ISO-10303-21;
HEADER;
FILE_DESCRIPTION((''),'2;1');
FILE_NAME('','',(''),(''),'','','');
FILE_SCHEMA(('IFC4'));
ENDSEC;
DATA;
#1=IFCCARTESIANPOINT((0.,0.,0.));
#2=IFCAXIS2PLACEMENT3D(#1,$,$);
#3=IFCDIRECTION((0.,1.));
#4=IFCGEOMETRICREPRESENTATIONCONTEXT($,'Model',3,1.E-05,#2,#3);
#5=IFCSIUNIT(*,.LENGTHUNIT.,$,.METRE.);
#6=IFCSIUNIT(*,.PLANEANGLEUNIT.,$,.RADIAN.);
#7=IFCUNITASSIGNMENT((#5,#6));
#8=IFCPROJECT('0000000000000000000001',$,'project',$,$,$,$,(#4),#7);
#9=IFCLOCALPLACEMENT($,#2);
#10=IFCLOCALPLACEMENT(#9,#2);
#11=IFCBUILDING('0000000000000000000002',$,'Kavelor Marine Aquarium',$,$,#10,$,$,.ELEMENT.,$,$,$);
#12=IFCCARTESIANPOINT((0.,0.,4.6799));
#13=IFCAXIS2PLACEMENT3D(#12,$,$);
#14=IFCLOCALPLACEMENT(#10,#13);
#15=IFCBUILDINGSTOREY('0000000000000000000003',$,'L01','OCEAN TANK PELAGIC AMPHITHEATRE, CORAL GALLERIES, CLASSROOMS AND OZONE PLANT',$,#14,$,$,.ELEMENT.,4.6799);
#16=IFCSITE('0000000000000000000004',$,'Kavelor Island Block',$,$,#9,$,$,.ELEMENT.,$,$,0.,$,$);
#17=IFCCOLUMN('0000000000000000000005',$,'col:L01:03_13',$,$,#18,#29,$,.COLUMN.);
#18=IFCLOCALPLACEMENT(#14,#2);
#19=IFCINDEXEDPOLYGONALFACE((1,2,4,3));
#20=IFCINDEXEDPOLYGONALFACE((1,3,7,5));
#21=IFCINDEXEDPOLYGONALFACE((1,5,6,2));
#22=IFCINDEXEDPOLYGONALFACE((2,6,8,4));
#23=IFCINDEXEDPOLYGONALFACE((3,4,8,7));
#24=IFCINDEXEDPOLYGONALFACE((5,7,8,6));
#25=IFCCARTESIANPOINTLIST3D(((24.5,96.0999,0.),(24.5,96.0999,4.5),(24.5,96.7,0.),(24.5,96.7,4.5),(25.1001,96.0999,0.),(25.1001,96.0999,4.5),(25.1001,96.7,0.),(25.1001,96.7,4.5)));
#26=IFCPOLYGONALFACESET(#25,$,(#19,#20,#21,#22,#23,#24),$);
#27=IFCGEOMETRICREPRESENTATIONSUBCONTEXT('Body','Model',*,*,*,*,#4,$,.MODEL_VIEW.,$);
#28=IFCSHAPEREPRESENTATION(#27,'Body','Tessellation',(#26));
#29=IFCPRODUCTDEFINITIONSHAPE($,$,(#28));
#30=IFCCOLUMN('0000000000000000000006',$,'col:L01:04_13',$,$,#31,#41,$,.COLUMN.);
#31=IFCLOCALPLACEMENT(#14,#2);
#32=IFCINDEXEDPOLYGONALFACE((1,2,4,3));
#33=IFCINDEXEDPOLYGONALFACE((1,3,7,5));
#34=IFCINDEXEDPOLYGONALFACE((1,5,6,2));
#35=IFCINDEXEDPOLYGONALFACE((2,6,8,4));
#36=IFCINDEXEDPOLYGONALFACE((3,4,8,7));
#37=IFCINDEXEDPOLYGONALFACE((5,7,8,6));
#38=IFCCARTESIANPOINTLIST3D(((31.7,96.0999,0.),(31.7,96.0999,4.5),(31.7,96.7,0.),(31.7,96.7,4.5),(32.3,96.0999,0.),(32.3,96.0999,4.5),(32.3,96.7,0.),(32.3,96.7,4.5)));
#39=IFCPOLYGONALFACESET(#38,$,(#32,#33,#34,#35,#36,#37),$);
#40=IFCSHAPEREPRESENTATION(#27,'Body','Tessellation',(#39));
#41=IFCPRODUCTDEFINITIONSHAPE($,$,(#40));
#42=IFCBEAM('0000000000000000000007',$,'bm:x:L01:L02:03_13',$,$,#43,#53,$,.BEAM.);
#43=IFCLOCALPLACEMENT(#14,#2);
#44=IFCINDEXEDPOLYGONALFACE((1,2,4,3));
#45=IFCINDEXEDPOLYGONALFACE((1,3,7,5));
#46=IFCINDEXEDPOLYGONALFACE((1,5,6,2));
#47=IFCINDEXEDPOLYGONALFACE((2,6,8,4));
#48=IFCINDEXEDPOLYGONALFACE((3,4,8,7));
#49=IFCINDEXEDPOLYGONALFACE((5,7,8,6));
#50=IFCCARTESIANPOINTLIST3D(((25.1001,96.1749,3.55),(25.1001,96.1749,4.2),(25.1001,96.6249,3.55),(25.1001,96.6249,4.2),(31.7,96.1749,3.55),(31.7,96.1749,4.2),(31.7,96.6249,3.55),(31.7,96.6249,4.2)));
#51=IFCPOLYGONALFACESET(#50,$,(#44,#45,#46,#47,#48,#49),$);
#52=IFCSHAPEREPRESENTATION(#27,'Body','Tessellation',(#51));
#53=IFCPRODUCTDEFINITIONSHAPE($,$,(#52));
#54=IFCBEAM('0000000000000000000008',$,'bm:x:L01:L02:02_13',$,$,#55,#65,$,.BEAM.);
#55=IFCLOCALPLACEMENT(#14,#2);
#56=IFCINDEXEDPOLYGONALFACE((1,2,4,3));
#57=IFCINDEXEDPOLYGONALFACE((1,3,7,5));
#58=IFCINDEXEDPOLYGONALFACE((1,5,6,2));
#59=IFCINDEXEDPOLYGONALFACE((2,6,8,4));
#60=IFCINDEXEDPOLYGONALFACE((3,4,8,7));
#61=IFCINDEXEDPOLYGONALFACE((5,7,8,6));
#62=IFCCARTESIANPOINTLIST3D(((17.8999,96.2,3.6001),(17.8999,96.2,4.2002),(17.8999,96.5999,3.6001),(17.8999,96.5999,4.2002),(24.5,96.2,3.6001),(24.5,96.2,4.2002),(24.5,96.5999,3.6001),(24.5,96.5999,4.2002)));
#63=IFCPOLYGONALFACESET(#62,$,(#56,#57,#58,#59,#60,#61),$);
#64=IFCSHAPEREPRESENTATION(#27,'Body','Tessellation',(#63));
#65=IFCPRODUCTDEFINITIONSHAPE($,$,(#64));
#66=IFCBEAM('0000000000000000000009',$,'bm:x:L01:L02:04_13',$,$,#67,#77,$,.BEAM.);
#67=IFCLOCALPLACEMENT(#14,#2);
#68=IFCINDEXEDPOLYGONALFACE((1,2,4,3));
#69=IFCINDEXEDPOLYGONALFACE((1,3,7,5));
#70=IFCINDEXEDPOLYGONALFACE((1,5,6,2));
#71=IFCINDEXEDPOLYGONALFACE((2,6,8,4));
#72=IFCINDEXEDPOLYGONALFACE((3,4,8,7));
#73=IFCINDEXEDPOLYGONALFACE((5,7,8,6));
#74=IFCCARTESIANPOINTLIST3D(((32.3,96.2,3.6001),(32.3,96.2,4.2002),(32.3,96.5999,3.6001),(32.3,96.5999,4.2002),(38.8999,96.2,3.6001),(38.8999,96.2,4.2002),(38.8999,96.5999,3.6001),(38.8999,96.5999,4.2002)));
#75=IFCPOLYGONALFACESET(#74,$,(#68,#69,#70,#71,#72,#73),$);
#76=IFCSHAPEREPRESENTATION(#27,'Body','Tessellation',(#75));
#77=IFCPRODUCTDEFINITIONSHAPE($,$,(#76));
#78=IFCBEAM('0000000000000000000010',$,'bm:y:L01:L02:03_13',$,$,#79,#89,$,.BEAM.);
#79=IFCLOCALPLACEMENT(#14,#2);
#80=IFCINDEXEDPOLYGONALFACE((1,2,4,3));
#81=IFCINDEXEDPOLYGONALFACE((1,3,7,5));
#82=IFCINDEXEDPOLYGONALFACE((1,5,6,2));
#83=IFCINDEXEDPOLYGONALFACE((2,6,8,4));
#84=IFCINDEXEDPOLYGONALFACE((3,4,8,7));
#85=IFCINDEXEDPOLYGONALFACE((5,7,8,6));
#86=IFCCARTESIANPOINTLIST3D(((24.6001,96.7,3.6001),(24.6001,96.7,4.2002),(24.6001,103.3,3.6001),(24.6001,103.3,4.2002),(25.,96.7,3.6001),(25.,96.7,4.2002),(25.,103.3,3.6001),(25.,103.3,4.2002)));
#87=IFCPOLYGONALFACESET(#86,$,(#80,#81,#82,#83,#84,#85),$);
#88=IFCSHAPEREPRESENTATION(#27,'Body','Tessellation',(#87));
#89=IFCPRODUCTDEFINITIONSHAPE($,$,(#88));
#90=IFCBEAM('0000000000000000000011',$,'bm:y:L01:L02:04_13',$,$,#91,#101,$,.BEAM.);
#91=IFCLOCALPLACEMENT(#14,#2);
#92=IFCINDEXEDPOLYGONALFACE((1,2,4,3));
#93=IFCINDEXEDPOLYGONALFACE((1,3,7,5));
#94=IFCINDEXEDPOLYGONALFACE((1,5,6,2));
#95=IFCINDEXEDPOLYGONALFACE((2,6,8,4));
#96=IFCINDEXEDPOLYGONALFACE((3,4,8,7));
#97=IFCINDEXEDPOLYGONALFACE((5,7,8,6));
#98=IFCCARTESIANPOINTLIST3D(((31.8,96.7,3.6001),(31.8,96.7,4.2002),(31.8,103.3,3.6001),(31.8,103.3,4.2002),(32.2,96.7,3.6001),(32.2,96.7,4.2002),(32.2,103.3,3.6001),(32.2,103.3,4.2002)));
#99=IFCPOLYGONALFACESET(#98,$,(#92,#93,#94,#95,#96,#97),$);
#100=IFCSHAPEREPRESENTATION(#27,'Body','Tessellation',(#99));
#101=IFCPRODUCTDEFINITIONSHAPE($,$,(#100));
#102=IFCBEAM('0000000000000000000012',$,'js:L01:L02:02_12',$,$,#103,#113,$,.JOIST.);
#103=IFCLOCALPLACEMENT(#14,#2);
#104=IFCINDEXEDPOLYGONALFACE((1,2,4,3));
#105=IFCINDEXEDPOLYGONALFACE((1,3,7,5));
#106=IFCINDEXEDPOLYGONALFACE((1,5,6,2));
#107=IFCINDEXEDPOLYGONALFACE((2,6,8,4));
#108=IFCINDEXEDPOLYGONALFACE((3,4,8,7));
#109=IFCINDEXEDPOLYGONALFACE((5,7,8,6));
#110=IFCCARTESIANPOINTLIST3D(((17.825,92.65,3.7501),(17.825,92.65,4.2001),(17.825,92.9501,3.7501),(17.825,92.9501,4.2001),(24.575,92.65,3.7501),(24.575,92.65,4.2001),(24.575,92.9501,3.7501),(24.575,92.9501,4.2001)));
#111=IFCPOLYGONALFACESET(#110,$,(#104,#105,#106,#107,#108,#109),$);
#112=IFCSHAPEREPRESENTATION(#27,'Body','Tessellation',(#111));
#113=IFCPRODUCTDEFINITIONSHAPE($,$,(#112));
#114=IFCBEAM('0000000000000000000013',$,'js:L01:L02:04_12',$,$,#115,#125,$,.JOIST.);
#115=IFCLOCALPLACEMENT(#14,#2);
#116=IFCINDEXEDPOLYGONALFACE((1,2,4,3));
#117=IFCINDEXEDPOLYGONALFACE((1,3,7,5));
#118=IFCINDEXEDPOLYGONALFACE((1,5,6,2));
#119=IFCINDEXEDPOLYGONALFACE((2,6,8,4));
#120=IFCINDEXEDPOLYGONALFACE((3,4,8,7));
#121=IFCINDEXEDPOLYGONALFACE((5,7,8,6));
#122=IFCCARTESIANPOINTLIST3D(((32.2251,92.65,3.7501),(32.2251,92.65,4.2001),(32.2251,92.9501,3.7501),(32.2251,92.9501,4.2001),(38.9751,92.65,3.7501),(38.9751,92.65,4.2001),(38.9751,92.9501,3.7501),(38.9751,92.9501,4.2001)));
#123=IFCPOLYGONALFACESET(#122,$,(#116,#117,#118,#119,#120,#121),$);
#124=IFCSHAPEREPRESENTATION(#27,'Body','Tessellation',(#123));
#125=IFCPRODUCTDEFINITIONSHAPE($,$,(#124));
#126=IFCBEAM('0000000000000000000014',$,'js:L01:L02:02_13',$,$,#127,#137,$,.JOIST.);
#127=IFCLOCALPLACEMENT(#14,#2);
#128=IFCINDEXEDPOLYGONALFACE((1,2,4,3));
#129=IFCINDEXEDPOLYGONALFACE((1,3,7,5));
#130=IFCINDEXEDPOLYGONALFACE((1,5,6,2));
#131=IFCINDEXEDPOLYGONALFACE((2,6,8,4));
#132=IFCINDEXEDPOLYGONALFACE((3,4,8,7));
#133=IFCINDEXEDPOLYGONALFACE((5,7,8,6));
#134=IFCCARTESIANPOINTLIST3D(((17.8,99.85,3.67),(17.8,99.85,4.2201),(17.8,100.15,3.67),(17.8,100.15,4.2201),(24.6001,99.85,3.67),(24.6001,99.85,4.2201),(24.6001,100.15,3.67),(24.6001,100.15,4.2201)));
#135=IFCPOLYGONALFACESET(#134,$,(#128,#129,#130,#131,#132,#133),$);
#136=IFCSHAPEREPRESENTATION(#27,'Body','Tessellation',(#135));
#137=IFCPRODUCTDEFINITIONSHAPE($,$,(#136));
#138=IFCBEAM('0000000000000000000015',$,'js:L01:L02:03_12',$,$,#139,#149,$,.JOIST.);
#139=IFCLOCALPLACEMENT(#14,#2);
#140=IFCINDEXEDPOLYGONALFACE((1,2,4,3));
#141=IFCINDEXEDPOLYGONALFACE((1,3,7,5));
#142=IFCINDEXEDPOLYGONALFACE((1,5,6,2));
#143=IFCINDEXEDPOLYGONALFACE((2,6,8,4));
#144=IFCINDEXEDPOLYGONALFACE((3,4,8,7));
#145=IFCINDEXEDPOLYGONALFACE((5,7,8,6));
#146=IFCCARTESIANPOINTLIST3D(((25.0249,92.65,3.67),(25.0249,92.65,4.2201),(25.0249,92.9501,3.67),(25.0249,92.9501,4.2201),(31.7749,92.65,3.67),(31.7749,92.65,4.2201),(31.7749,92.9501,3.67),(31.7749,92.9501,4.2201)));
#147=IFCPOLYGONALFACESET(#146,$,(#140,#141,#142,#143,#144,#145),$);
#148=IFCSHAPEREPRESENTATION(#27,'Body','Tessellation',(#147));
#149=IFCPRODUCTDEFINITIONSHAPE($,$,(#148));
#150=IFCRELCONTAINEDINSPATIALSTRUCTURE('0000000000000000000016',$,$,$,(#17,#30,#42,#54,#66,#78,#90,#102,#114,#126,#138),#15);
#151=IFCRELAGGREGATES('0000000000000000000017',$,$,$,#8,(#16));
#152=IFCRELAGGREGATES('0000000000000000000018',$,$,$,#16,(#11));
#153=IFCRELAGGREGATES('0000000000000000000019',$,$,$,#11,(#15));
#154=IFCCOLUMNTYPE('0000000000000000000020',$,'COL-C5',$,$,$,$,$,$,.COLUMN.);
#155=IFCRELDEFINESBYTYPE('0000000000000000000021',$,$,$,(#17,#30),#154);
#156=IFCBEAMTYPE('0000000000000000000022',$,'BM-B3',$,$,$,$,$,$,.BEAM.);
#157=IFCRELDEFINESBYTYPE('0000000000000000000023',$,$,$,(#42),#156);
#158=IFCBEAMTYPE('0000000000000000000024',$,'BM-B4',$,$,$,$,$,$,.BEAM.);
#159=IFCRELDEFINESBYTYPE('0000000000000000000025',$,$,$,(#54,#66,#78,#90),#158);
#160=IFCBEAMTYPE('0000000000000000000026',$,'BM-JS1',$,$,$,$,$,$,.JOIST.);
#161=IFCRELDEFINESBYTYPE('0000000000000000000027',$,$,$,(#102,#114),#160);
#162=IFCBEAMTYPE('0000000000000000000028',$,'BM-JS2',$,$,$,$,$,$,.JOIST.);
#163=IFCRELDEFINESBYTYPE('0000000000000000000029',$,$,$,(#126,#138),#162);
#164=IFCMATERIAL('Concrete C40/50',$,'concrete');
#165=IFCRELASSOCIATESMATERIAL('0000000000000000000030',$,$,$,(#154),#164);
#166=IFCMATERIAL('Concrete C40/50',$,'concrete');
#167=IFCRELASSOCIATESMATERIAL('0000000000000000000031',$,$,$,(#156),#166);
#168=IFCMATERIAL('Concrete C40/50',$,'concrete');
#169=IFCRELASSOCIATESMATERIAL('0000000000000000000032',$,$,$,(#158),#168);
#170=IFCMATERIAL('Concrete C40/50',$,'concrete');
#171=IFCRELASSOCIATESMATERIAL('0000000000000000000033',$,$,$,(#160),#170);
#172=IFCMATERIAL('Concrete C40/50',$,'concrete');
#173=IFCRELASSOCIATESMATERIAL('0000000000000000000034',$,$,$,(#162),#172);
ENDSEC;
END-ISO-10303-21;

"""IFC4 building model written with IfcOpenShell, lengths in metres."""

from ifc_helpers import new_model, si_unit, direction, frame, origin, origin_2d, place, context, subcontext, project, spatial, rectangle, extrude, material, material_profile, profile_set, type_object, element, save


model = new_model("IFC4")

# Units and contexts
model_context = context("Model", 3, precision=1e-05, world=origin(), true_north=direction((0.0, 1.0)))
body_context = subcontext(model_context, "Body", "Model", "MODEL_VIEW")
ifc_project = project(units=[si_unit("LENGTHUNIT", "METRE"), si_unit("PLANEANGLEUNIT", "RADIAN")], contexts=[model_context])

# Site, building, storey
site_placement = place(None, origin())
site = spatial("IfcSite", under=ifc_project, at=site_placement, Name="Kavelor Island Block", CompositionType="ELEMENT", RefElevation=0.0)
building_placement = place(site_placement, origin())
building = spatial("IfcBuilding", under=site, at=building_placement, Name="Kavelor Marine Aquarium", CompositionType="ELEMENT")
storey_placement = place(building_placement, frame((0.0, 0.0, 4.6799)))
storey = spatial("IfcBuildingStorey", under=building, at=storey_placement, Name="L01", Description="OCEAN TANK PELAGIC AMPHITHEATRE, CORAL GALLERIES, CLASSROOMS AND OZONE PLANT", CompositionType="ELEMENT", Elevation=4.6799)

# Columns
ifc_material_1 = material(Name="Concrete C40/50", Category="concrete")
ifc_material_profile_1 = material_profile(ifc_material_1, rectangle(XDim=0.6001, YDim=0.6001, at=origin_2d()), Name="RC-COL 600x600")
ifc_profile_set_1 = profile_set([ifc_material_profile_1], Name="Concrete C40/50")
column_type = type_object("IfcColumnType", Name="COL-C5", PredefinedType="COLUMN", material=ifc_profile_set_1)
for number, where, z_axis, x_axis, name in (
    (1, (24.8, 96.3999, 0.0), (0.0, 0.0, 1.0), (1.0, 0.0, 0.0), "col:L01:03_13"),
    (2, (32.0, 96.3999, 0.0), (0.0, 0.0, 1.0), (1.0, 0.0, 0.0), "col:L01:04_13"),
):
    element("IfcColumn", number, at=place(storey_placement, frame(where, z_axis=z_axis, x_axis=x_axis)), inside=storey, type_object=column_type, Name=name, PredefinedType="COLUMN", context=body_context, shape_type="SweptSolid", body=[
        extrude(rectangle(XDim=0.6001, YDim=0.6001, at=origin_2d()), origin(), (0.0, 0.0, 1.0), 4.5),
    ])

# Beams
ifc_material_2 = material(Name="Concrete C40/50", Category="concrete")
ifc_material_profile_2 = material_profile(ifc_material_2, rectangle(XDim=0.45, YDim=0.6499, at=origin_2d()), Name="RC-BM 450x650")
ifc_profile_set_2 = profile_set([ifc_material_profile_2], Name="Concrete C40/50")
beam_type_1 = type_object("IfcBeamType", Name="BM-B3", PredefinedType="BEAM", material=ifc_profile_set_2)
beam_1_placement = place(storey_placement, frame((25.1001, 96.3999, 3.875), z_axis=(1.0, 0.0, 0.0), x_axis=(0.0, 1.0, 0.0)))
element("IfcBeam", 3, at=beam_1_placement, inside=storey, type_object=beam_type_1, Name="bm:x:L01:L02:03_13", PredefinedType="BEAM", context=body_context, shape_type="SweptSolid", body=[
    extrude(rectangle(XDim=0.45, YDim=0.6499, at=origin_2d()), origin(), (0.0, 0.0, 1.0), 6.5999),
])
ifc_material_3 = material(Name="Concrete C40/50", Category="concrete")
ifc_material_profile_3 = material_profile(ifc_material_3, rectangle(XDim=0.3999, YDim=0.6001, at=origin_2d()), Name="RC-BM 400x600")
ifc_profile_set_3 = profile_set([ifc_material_profile_3], Name="Concrete C40/50")
beam_type_2 = type_object("IfcBeamType", Name="BM-B4", PredefinedType="BEAM", material=ifc_profile_set_3)
beam_2_placement = place(storey_placement, frame((17.8999, 96.3999, 3.9001), z_axis=(1.0, 0.0, 0.0), x_axis=(0.0, 1.0, 0.0)))
element("IfcBeam", 4, at=beam_2_placement, inside=storey, type_object=beam_type_2, Name="bm:x:L01:L02:02_13", PredefinedType="BEAM", context=body_context, shape_type="SweptSolid", body=[
    extrude(rectangle(XDim=0.3999, YDim=0.6001, at=origin_2d()), origin(), (0.0, 0.0, 1.0), 6.6001),
])
beam_3_placement = place(storey_placement, frame((32.3, 96.3999, 3.9001), z_axis=(1.0, 0.0, 0.0), x_axis=(0.0, 1.0, 0.0)))
element("IfcBeam", 5, at=beam_3_placement, inside=storey, type_object=beam_type_2, Name="bm:x:L01:L02:04_13", PredefinedType="BEAM", context=body_context, shape_type="SweptSolid", body=[
    extrude(rectangle(XDim=0.3999, YDim=0.6001, at=origin_2d()), origin(), (0.0, 0.0, 1.0), 6.5999),
])
for number, where, z_axis, x_axis, name in (
    (6, (24.8, 96.7, 3.9001), (0.0, 1.0, 0.0), (-1.0, 0.0, 0.0), "bm:y:L01:L02:03_13"),
    (7, (32.0, 96.7, 3.9001), (0.0, 1.0, 0.0), (-1.0, 0.0, 0.0), "bm:y:L01:L02:04_13"),
):
    element("IfcBeam", number, at=place(storey_placement, frame(where, z_axis=z_axis, x_axis=x_axis)), inside=storey, type_object=beam_type_2, Name=name, PredefinedType="BEAM", context=body_context, shape_type="SweptSolid", body=[
        extrude(rectangle(XDim=0.3999, YDim=0.6001, at=origin_2d()), origin(), (0.0, 0.0, 1.0), 6.6001),
    ])
ifc_material_4 = material(Name="Concrete C40/50", Category="concrete")
ifc_material_profile_4 = material_profile(ifc_material_4, rectangle(XDim=0.3, YDim=0.45, at=origin_2d()), Name="RC-JS 300x450")
ifc_profile_set_4 = profile_set([ifc_material_profile_4], Name="Concrete C40/50")
beam_type_3 = type_object("IfcBeamType", Name="BM-JS1", PredefinedType="JOIST", material=ifc_profile_set_4)
for number, where, z_axis, x_axis, name in (
    (8, (17.825, 92.8, 3.9751), (1.0, 0.0, 0.0), (0.0, 1.0, 0.0), "js:L01:L02:02_12"),
    (9, (32.2251, 92.8, 3.9751), (1.0, 0.0, 0.0), (0.0, 1.0, 0.0), "js:L01:L02:04_12"),
):
    element("IfcBeam", number, at=place(storey_placement, frame(where, z_axis=z_axis, x_axis=x_axis)), inside=storey, type_object=beam_type_3, Name=name, PredefinedType="JOIST", context=body_context, shape_type="SweptSolid", body=[
        extrude(rectangle(XDim=0.3, YDim=0.45, at=origin_2d()), origin(), (0.0, 0.0, 1.0), 6.75),
    ])
ifc_material_5 = material(Name="Concrete C40/50", Category="concrete")
ifc_material_profile_5 = material_profile(ifc_material_5, rectangle(XDim=0.3, YDim=0.55, at=origin_2d()), Name="RC-JS 300x550")
ifc_profile_set_5 = profile_set([ifc_material_profile_5], Name="Concrete C40/50")
beam_type_4 = type_object("IfcBeamType", Name="BM-JS2", PredefinedType="JOIST", material=ifc_profile_set_5)
beam_4_placement = place(storey_placement, frame((17.8, 100.0, 3.9451), z_axis=(1.0, 0.0, 0.0), x_axis=(0.0, 1.0, 0.0)))
element("IfcBeam", 10, at=beam_4_placement, inside=storey, type_object=beam_type_4, Name="js:L01:L02:02_13", PredefinedType="JOIST", context=body_context, shape_type="SweptSolid", body=[
    extrude(rectangle(XDim=0.3, YDim=0.55, at=origin_2d()), origin(), (0.0, 0.0, 1.0), 6.8),
])
beam_5_placement = place(storey_placement, frame((25.0249, 92.8, 3.9451), z_axis=(1.0, 0.0, 0.0), x_axis=(0.0, 1.0, 0.0)))
element("IfcBeam", 11, at=beam_5_placement, inside=storey, type_object=beam_type_4, Name="js:L01:L02:03_12", PredefinedType="JOIST", context=body_context, shape_type="SweptSolid", body=[
    extrude(rectangle(XDim=0.3, YDim=0.55, at=origin_2d()), origin(), (0.0, 0.0, 1.0), 6.75),
])

save(model, "model.ifc")
